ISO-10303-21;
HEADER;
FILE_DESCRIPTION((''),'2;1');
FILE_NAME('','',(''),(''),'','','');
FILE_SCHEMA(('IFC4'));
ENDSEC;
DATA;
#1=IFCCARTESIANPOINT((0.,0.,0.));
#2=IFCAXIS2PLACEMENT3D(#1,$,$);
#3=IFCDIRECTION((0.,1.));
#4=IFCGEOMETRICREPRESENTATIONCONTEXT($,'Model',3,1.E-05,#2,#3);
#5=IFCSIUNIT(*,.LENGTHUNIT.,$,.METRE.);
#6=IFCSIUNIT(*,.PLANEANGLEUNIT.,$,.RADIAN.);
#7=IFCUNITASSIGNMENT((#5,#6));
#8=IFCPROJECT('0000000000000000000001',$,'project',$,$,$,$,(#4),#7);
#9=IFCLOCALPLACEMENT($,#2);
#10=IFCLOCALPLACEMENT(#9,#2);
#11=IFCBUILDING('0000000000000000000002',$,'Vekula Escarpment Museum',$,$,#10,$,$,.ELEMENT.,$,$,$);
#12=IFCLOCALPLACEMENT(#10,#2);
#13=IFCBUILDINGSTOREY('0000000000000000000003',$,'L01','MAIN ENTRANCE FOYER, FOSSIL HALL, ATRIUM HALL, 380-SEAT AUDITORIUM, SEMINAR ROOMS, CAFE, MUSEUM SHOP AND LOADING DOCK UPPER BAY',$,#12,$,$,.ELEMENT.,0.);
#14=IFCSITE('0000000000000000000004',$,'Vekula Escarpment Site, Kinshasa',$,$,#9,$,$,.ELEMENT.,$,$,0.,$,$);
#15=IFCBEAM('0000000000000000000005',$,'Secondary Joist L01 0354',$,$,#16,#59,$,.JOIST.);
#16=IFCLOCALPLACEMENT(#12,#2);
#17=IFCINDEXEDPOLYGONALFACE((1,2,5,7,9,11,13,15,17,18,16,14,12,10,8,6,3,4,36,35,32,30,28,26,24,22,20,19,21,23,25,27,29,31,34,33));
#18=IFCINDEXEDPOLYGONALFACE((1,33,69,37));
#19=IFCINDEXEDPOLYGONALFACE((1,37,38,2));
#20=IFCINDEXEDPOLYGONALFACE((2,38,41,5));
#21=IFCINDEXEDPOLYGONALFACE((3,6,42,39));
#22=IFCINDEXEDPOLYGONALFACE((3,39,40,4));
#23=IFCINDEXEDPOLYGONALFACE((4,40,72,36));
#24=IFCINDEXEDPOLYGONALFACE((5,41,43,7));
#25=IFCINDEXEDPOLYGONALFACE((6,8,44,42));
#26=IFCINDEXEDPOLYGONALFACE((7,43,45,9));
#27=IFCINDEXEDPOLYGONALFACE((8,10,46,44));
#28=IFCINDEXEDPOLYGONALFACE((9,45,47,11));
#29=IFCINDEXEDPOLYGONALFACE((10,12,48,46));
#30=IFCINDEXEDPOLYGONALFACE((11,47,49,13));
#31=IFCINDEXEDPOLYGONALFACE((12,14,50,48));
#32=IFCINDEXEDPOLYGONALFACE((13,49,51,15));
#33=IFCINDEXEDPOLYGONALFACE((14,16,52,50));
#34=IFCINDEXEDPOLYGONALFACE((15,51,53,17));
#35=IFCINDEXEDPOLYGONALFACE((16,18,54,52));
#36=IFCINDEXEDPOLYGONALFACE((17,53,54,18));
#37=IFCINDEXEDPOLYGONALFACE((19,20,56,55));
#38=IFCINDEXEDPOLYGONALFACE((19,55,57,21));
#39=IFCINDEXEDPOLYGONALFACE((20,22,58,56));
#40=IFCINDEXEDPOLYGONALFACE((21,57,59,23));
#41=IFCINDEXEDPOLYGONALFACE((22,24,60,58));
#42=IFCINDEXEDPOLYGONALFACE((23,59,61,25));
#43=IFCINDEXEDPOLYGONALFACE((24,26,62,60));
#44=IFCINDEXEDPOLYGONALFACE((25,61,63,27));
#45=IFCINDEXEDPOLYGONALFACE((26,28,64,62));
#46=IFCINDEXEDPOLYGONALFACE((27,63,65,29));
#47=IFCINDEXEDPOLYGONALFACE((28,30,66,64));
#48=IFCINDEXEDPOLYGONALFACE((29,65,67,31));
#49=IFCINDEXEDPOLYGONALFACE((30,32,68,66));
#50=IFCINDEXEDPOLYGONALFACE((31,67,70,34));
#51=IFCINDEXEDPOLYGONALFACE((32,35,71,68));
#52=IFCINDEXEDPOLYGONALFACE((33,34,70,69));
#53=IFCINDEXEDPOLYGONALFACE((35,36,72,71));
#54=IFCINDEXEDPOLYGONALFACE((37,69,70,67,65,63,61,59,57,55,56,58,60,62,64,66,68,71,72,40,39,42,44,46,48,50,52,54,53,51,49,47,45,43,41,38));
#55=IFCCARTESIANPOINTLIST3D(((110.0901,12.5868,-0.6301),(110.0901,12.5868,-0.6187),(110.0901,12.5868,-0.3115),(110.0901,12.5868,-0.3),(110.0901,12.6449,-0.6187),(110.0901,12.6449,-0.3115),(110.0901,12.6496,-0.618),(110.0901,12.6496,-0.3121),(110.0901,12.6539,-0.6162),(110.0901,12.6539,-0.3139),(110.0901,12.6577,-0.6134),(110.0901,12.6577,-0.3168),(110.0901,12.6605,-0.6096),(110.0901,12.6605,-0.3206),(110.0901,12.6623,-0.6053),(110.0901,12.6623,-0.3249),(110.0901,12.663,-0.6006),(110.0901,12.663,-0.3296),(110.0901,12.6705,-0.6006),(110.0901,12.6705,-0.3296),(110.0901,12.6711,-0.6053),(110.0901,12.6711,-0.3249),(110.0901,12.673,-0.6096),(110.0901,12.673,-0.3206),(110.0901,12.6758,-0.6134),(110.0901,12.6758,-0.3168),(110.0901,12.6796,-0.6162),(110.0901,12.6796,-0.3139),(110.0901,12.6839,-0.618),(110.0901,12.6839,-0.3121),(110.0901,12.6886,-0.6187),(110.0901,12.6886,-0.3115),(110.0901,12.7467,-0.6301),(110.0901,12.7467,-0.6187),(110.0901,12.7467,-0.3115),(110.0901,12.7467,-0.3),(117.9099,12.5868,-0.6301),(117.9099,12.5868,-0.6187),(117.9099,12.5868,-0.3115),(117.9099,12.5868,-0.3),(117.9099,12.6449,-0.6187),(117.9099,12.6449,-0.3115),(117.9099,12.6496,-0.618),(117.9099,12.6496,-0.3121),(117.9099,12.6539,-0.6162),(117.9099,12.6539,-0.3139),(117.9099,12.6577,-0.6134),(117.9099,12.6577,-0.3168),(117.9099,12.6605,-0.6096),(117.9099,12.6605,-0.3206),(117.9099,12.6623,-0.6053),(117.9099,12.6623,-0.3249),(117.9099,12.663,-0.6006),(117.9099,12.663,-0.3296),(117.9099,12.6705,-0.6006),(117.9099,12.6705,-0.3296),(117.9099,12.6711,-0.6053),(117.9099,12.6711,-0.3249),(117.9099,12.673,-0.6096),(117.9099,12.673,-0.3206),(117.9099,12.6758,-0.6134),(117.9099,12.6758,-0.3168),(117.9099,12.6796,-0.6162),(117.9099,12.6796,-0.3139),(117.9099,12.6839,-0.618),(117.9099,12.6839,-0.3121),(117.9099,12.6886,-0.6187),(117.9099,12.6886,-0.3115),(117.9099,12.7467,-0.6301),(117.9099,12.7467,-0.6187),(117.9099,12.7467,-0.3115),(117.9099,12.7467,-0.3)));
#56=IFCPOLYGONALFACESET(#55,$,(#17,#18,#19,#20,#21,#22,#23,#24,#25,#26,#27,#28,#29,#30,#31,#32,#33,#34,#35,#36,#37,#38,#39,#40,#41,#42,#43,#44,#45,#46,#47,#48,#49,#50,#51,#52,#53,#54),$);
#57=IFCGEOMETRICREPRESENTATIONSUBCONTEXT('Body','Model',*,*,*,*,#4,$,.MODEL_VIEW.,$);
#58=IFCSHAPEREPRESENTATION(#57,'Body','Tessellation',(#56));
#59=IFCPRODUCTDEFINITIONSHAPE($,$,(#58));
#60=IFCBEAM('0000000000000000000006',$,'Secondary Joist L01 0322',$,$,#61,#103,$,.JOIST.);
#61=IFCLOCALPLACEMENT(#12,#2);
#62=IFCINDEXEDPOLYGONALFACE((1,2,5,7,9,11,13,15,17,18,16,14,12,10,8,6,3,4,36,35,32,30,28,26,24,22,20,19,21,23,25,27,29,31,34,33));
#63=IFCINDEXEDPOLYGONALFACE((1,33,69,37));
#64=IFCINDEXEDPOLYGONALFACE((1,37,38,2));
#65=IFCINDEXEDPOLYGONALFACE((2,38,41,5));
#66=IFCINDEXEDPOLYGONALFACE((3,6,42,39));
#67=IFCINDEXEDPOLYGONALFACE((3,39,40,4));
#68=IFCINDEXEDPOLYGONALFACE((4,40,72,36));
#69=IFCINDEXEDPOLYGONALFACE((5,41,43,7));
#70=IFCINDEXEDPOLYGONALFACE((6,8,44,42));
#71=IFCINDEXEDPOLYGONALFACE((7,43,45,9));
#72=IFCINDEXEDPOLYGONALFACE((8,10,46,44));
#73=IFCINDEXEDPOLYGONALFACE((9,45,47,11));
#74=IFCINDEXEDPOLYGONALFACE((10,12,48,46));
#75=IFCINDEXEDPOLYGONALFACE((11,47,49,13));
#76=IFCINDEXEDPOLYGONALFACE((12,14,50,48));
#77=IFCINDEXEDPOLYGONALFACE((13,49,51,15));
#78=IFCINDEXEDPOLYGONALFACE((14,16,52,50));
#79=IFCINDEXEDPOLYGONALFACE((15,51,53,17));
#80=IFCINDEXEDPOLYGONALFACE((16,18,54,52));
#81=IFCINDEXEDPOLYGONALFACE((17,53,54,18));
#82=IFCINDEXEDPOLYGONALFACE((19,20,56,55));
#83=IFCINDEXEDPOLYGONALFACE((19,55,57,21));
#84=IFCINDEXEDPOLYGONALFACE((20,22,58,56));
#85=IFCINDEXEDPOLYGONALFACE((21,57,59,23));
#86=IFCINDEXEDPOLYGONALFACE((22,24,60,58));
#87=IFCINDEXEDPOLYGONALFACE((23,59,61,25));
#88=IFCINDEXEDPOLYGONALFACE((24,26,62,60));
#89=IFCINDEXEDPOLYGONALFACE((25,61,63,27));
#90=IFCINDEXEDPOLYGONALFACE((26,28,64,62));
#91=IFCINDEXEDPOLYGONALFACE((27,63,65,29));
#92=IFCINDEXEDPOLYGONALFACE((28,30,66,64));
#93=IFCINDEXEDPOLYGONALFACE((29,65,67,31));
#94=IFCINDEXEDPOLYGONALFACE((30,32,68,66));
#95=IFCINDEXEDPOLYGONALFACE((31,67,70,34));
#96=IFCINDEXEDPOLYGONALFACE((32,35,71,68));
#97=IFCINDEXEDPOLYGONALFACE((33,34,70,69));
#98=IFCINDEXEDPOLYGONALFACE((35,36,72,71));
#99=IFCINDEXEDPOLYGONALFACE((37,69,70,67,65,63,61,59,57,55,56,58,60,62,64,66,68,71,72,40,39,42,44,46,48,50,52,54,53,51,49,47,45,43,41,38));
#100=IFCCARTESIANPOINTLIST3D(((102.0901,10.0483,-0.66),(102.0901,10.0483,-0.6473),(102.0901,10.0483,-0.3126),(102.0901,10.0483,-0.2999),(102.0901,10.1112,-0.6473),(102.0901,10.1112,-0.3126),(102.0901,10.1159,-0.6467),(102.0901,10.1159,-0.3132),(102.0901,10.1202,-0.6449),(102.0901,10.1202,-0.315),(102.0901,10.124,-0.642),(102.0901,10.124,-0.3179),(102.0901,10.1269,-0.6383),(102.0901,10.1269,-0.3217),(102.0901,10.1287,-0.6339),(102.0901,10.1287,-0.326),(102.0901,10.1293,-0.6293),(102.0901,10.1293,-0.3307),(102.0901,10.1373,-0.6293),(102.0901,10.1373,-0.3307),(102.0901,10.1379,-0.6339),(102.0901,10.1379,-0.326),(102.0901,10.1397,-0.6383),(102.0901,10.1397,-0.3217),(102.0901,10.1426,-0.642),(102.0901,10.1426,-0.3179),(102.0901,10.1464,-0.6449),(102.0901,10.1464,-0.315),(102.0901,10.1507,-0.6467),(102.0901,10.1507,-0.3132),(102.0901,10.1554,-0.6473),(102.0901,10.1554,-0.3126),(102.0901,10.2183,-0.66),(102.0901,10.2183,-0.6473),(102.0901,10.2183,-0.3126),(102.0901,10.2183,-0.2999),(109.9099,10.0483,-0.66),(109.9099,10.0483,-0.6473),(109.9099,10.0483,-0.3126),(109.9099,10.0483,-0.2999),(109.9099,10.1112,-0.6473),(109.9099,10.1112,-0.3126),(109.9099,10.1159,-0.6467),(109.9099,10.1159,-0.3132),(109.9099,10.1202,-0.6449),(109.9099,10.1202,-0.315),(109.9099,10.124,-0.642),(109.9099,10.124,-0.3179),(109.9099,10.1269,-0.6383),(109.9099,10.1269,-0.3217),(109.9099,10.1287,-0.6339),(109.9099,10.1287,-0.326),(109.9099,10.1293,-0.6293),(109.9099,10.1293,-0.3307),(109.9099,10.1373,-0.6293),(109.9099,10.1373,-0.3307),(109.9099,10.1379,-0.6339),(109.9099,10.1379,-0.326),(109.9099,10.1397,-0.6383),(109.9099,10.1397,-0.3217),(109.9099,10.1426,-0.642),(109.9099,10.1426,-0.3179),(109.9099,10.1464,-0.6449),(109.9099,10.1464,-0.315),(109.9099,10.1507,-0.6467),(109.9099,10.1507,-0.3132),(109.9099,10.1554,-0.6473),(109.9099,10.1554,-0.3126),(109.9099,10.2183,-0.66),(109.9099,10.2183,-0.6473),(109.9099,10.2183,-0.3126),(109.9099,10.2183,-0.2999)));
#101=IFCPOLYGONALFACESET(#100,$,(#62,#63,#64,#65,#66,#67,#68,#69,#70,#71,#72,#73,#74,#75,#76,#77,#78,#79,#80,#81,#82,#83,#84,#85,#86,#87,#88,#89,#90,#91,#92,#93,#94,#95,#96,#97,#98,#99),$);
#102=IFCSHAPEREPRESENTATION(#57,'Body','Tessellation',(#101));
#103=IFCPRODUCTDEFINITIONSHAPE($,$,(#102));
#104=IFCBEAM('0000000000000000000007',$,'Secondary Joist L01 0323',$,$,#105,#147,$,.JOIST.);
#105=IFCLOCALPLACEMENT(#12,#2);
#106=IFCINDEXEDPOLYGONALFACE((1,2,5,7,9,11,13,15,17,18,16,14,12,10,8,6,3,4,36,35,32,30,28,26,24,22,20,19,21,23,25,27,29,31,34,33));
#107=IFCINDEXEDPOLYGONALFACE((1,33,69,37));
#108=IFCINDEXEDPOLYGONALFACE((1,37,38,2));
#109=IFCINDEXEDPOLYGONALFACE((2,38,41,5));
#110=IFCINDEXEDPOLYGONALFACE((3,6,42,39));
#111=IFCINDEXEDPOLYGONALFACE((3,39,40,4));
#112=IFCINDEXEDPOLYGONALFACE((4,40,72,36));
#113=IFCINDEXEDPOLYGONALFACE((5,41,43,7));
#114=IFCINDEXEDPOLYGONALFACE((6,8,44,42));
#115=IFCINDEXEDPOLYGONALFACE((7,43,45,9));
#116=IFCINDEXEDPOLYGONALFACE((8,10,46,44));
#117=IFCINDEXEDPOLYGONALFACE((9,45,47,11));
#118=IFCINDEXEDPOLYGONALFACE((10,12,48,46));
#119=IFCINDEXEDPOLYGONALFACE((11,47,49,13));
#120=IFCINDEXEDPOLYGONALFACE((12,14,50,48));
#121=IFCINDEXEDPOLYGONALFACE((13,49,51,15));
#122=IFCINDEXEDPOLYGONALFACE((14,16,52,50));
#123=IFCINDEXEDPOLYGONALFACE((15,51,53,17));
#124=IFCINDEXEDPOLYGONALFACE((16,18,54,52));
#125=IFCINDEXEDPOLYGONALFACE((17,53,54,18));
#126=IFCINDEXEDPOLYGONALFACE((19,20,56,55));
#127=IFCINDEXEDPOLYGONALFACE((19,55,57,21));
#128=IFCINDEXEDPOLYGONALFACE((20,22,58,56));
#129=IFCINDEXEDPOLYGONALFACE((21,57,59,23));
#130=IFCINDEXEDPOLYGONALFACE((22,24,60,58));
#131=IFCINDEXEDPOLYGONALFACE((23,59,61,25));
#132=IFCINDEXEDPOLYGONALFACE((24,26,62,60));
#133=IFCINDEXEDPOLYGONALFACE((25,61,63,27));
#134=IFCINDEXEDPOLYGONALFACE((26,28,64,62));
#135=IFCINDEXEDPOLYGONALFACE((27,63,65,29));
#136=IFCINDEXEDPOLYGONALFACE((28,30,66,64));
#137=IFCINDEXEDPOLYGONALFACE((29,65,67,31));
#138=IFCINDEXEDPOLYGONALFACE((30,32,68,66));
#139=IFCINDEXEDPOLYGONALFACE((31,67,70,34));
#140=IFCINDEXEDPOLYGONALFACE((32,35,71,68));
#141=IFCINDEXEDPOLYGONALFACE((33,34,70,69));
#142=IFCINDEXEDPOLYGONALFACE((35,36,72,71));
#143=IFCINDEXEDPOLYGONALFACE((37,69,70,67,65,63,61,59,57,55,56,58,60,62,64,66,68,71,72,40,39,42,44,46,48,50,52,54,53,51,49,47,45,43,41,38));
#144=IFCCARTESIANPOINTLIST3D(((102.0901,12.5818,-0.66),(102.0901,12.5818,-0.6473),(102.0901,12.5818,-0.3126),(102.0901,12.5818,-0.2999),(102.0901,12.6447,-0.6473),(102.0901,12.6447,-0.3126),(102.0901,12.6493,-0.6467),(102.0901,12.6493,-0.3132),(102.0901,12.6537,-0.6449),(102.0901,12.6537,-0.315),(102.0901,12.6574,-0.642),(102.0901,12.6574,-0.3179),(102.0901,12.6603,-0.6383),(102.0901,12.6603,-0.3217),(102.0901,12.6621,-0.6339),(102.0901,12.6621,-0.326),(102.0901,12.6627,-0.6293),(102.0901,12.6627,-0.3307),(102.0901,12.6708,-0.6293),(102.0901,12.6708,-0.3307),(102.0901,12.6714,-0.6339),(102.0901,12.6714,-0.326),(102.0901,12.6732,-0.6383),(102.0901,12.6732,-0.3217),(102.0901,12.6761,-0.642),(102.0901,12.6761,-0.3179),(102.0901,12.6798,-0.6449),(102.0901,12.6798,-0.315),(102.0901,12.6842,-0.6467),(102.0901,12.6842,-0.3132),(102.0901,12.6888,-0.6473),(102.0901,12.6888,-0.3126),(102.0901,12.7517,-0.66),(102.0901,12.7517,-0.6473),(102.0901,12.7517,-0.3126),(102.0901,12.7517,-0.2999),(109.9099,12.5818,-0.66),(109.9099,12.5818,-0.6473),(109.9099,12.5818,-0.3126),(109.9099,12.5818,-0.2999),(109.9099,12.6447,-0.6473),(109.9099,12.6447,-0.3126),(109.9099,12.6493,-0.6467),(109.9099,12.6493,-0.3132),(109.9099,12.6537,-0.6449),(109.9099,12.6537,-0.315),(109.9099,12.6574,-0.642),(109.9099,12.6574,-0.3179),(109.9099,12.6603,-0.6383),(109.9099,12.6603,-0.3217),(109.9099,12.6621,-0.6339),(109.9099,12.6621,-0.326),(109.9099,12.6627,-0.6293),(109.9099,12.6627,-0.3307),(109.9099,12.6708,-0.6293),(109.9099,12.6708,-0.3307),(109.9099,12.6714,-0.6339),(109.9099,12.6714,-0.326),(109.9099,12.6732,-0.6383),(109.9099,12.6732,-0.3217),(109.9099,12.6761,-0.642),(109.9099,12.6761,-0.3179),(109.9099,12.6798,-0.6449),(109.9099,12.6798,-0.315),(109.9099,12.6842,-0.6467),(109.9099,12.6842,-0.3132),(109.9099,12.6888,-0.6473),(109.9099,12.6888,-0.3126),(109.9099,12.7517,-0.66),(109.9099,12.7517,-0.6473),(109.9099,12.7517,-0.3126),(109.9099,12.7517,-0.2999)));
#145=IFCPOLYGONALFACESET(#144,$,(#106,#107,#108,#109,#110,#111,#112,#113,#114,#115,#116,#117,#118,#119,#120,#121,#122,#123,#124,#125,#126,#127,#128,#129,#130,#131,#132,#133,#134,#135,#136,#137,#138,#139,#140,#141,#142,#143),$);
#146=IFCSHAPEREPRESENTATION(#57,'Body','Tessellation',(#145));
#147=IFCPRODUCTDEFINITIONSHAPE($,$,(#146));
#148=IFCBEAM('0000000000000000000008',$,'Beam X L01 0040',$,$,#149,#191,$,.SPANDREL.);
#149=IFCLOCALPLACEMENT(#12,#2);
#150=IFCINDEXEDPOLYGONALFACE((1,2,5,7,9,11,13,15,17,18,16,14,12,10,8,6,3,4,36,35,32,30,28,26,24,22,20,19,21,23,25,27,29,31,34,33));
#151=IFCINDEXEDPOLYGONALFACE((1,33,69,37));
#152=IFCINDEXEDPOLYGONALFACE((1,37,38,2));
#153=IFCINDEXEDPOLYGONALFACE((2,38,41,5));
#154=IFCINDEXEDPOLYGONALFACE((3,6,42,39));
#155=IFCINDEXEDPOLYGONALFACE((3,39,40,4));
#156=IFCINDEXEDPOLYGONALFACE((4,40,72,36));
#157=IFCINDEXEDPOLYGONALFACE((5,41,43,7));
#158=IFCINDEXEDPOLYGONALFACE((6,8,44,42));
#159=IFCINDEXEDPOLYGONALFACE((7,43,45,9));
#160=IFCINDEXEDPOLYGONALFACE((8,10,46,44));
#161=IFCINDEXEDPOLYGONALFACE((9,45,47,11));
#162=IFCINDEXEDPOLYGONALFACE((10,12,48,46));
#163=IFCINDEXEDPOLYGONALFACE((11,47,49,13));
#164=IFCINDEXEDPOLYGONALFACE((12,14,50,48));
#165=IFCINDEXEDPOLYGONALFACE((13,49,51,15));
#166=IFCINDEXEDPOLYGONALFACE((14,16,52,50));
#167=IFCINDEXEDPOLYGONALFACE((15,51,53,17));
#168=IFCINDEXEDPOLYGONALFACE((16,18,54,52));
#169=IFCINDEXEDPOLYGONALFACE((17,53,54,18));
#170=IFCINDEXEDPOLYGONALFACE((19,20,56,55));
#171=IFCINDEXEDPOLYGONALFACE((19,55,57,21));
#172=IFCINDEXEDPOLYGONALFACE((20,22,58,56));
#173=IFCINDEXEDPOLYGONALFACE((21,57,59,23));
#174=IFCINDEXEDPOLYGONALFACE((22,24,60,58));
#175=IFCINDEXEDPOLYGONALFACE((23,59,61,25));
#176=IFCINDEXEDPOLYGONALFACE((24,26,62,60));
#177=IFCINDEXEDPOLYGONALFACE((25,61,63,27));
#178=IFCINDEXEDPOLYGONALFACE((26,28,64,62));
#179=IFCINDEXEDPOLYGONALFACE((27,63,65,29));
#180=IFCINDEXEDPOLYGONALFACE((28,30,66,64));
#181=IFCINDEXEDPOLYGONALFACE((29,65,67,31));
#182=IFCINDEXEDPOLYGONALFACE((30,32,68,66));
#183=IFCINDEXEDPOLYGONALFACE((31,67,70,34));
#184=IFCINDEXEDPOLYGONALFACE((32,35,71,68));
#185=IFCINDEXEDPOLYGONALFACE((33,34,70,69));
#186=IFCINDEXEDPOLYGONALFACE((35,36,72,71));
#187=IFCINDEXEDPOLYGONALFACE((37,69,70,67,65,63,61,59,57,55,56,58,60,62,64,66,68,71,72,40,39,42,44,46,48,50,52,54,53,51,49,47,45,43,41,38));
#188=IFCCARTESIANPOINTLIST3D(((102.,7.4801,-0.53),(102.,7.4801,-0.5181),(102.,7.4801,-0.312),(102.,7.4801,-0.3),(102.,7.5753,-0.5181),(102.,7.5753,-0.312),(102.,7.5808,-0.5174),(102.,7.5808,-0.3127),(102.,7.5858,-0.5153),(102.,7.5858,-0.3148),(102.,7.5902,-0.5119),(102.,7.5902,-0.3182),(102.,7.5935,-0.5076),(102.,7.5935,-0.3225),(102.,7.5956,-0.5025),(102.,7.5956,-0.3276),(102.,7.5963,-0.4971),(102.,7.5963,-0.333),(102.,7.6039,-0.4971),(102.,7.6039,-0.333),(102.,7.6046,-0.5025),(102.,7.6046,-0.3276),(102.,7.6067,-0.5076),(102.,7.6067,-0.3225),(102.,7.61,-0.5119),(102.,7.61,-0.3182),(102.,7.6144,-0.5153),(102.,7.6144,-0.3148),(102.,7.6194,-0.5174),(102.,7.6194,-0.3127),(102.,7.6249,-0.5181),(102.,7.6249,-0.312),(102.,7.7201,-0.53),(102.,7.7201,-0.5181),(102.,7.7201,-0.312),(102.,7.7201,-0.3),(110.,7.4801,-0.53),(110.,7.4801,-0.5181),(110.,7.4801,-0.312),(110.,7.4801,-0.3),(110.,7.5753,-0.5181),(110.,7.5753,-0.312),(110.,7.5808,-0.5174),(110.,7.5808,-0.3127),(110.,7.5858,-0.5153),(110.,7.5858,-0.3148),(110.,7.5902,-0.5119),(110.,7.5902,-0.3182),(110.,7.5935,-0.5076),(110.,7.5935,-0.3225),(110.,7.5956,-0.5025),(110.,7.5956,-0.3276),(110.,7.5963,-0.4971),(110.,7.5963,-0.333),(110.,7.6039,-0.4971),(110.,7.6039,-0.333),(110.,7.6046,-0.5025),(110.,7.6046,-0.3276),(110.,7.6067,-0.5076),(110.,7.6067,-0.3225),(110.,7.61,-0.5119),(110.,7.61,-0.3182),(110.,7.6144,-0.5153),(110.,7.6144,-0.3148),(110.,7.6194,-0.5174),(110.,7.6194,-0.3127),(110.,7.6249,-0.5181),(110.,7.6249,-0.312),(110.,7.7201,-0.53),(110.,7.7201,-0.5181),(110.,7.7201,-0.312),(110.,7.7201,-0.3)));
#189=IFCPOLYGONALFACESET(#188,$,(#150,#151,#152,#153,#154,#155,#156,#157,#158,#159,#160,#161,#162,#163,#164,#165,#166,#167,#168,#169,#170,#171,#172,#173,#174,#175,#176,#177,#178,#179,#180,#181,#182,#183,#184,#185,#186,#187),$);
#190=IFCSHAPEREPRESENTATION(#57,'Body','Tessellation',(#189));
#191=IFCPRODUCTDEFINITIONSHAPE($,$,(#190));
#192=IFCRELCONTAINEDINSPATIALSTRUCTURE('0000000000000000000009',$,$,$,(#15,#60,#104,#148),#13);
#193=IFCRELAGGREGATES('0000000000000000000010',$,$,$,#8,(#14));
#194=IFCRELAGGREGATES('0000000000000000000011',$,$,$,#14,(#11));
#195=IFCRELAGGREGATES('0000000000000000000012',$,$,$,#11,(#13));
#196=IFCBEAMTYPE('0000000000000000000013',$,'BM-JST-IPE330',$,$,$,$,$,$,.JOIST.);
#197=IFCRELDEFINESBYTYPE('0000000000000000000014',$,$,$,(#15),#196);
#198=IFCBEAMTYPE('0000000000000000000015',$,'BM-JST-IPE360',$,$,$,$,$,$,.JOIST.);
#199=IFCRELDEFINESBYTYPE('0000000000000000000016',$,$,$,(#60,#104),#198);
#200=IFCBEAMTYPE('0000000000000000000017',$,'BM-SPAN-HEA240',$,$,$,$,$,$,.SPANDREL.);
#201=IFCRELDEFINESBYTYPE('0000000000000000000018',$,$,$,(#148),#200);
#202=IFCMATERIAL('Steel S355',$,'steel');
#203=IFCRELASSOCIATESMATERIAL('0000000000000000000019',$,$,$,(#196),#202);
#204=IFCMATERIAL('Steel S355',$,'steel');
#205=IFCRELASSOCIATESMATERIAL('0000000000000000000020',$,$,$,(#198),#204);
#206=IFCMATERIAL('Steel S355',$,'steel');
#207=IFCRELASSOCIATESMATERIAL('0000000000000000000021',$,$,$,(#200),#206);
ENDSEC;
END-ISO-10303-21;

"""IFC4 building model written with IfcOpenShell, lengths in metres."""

from ifc_helpers import new_model, si_unit, direction, frame, origin, origin_2d, place, context, subcontext, project, spatial, i_section, extrude, material, material_profile, profile_set, type_object, element, save


model = new_model("IFC4")

# Units and contexts
model_context = context("Model", 3, precision=1e-05, world=origin(), true_north=direction((0.0, 1.0)))
body_context = subcontext(model_context, "Body", "Model", "MODEL_VIEW")
ifc_project = project(units=[si_unit("LENGTHUNIT", "METRE"), si_unit("PLANEANGLEUNIT", "RADIAN")], contexts=[model_context])

# Site, building, storey
site_placement = place(None, origin())
site = spatial("IfcSite", under=ifc_project, at=site_placement, Name="Vekula Escarpment Site, Kinshasa", CompositionType="ELEMENT", RefElevation=0.0)
building_placement = place(site_placement, origin())
building = spatial("IfcBuilding", under=site, at=building_placement, Name="Vekula Escarpment Museum", CompositionType="ELEMENT")
storey_placement = place(building_placement, origin())
storey = spatial("IfcBuildingStorey", under=building, at=storey_placement, Name="L01", Description="MAIN ENTRANCE FOYER, FOSSIL HALL, ATRIUM HALL, 380-SEAT AUDITORIUM, SEMINAR ROOMS, CAFE, MUSEUM SHOP AND LOADING DOCK UPPER BAY", CompositionType="ELEMENT", Elevation=0.0)

# Beams
ifc_material_1 = material(Name="Steel S355", Category="steel")
ifc_material_profile_1 = material_profile(ifc_material_1, i_section(OverallWidth=0.1599, OverallDepth=0.3301, WebThickness=0.0076, FlangeThickness=0.0115, FilletRadius=0.0181, at=origin_2d()), Name="IPE 330")
ifc_profile_set_1 = profile_set([ifc_material_profile_1], Name="Steel S355")
beam_type_1 = type_object("IfcBeamType", Name="BM-JST-IPE330", PredefinedType="JOIST", material=ifc_profile_set_1)
for number, where, z_axis, x_axis, name in (
    (1, (110.0901, 12.6667, -0.4651), (1.0, 0.0, 0.0), (0.0, 1.0, 0.0), "Secondary Joist L01 0354"),
):
    element("IfcBeam", number, at=place(storey_placement, frame(where, z_axis=z_axis, x_axis=x_axis)), inside=storey, type_object=beam_type_1, Name=name, PredefinedType="JOIST", context=body_context, shape_type="SweptSolid", body=[
        extrude(i_section(OverallWidth=0.1599, OverallDepth=0.3301, WebThickness=0.0076, FlangeThickness=0.0115, FilletRadius=0.0181, at=origin_2d()), origin(), (0.0, 0.0, 1.0), 7.8198),
    ])
ifc_material_2 = material(Name="Steel S355", Category="steel")
ifc_material_profile_2 = material_profile(ifc_material_2, i_section(OverallWidth=0.1699, OverallDepth=0.3601, WebThickness=0.0081, FlangeThickness=0.0127, FilletRadius=0.0181, at=origin_2d()), Name="IPE 360")
ifc_profile_set_2 = profile_set([ifc_material_profile_2], Name="Steel S355")
beam_type_2 = type_object("IfcBeamType", Name="BM-JST-IPE360", PredefinedType="JOIST", material=ifc_profile_set_2)
for number, where, z_axis, x_axis, name in (
    (2, (102.0901, 10.1333, -0.48), (1.0, 0.0, 0.0), (0.0, 1.0, 0.0), "Secondary Joist L01 0322"),
    (3, (102.0901, 12.6667, -0.48), (1.0, 0.0, 0.0), (0.0, 1.0, 0.0), "Secondary Joist L01 0323"),
):
    element("IfcBeam", number, at=place(storey_placement, frame(where, z_axis=z_axis, x_axis=x_axis)), inside=storey, type_object=beam_type_2, Name=name, PredefinedType="JOIST", context=body_context, shape_type="SweptSolid", body=[
        extrude(i_section(OverallWidth=0.1699, OverallDepth=0.3601, WebThickness=0.0081, FlangeThickness=0.0127, FilletRadius=0.0181, at=origin_2d()), origin(), (0.0, 0.0, 1.0), 7.8198),
    ])
ifc_material_3 = material(Name="Steel S355", Category="steel")
ifc_material_profile_3 = material_profile(ifc_material_3, i_section(OverallWidth=0.24, OverallDepth=0.23, WebThickness=0.0076, FlangeThickness=0.012, FilletRadius=0.021, at=origin_2d()), Name="HEA 240")
ifc_profile_set_3 = profile_set([ifc_material_profile_3], Name="Steel S355")
beam_type_3 = type_object("IfcBeamType", Name="BM-SPAN-HEA240", PredefinedType="SPANDREL", material=ifc_profile_set_3)
beam_1_placement = place(storey_placement, frame((102.0, 7.6001, -0.415), z_axis=(1.0, 0.0, 0.0), x_axis=(0.0, 1.0, 0.0)))
element("IfcBeam", 4, at=beam_1_placement, inside=storey, type_object=beam_type_3, Name="Beam X L01 0040", PredefinedType="SPANDREL", context=body_context, shape_type="SweptSolid", body=[
    extrude(i_section(OverallWidth=0.24, OverallDepth=0.23, WebThickness=0.0076, FlangeThickness=0.012, FilletRadius=0.021, at=origin_2d()), origin(), (0.0, 0.0, 1.0), 8.0),
])

save(model, "model.ifc")
